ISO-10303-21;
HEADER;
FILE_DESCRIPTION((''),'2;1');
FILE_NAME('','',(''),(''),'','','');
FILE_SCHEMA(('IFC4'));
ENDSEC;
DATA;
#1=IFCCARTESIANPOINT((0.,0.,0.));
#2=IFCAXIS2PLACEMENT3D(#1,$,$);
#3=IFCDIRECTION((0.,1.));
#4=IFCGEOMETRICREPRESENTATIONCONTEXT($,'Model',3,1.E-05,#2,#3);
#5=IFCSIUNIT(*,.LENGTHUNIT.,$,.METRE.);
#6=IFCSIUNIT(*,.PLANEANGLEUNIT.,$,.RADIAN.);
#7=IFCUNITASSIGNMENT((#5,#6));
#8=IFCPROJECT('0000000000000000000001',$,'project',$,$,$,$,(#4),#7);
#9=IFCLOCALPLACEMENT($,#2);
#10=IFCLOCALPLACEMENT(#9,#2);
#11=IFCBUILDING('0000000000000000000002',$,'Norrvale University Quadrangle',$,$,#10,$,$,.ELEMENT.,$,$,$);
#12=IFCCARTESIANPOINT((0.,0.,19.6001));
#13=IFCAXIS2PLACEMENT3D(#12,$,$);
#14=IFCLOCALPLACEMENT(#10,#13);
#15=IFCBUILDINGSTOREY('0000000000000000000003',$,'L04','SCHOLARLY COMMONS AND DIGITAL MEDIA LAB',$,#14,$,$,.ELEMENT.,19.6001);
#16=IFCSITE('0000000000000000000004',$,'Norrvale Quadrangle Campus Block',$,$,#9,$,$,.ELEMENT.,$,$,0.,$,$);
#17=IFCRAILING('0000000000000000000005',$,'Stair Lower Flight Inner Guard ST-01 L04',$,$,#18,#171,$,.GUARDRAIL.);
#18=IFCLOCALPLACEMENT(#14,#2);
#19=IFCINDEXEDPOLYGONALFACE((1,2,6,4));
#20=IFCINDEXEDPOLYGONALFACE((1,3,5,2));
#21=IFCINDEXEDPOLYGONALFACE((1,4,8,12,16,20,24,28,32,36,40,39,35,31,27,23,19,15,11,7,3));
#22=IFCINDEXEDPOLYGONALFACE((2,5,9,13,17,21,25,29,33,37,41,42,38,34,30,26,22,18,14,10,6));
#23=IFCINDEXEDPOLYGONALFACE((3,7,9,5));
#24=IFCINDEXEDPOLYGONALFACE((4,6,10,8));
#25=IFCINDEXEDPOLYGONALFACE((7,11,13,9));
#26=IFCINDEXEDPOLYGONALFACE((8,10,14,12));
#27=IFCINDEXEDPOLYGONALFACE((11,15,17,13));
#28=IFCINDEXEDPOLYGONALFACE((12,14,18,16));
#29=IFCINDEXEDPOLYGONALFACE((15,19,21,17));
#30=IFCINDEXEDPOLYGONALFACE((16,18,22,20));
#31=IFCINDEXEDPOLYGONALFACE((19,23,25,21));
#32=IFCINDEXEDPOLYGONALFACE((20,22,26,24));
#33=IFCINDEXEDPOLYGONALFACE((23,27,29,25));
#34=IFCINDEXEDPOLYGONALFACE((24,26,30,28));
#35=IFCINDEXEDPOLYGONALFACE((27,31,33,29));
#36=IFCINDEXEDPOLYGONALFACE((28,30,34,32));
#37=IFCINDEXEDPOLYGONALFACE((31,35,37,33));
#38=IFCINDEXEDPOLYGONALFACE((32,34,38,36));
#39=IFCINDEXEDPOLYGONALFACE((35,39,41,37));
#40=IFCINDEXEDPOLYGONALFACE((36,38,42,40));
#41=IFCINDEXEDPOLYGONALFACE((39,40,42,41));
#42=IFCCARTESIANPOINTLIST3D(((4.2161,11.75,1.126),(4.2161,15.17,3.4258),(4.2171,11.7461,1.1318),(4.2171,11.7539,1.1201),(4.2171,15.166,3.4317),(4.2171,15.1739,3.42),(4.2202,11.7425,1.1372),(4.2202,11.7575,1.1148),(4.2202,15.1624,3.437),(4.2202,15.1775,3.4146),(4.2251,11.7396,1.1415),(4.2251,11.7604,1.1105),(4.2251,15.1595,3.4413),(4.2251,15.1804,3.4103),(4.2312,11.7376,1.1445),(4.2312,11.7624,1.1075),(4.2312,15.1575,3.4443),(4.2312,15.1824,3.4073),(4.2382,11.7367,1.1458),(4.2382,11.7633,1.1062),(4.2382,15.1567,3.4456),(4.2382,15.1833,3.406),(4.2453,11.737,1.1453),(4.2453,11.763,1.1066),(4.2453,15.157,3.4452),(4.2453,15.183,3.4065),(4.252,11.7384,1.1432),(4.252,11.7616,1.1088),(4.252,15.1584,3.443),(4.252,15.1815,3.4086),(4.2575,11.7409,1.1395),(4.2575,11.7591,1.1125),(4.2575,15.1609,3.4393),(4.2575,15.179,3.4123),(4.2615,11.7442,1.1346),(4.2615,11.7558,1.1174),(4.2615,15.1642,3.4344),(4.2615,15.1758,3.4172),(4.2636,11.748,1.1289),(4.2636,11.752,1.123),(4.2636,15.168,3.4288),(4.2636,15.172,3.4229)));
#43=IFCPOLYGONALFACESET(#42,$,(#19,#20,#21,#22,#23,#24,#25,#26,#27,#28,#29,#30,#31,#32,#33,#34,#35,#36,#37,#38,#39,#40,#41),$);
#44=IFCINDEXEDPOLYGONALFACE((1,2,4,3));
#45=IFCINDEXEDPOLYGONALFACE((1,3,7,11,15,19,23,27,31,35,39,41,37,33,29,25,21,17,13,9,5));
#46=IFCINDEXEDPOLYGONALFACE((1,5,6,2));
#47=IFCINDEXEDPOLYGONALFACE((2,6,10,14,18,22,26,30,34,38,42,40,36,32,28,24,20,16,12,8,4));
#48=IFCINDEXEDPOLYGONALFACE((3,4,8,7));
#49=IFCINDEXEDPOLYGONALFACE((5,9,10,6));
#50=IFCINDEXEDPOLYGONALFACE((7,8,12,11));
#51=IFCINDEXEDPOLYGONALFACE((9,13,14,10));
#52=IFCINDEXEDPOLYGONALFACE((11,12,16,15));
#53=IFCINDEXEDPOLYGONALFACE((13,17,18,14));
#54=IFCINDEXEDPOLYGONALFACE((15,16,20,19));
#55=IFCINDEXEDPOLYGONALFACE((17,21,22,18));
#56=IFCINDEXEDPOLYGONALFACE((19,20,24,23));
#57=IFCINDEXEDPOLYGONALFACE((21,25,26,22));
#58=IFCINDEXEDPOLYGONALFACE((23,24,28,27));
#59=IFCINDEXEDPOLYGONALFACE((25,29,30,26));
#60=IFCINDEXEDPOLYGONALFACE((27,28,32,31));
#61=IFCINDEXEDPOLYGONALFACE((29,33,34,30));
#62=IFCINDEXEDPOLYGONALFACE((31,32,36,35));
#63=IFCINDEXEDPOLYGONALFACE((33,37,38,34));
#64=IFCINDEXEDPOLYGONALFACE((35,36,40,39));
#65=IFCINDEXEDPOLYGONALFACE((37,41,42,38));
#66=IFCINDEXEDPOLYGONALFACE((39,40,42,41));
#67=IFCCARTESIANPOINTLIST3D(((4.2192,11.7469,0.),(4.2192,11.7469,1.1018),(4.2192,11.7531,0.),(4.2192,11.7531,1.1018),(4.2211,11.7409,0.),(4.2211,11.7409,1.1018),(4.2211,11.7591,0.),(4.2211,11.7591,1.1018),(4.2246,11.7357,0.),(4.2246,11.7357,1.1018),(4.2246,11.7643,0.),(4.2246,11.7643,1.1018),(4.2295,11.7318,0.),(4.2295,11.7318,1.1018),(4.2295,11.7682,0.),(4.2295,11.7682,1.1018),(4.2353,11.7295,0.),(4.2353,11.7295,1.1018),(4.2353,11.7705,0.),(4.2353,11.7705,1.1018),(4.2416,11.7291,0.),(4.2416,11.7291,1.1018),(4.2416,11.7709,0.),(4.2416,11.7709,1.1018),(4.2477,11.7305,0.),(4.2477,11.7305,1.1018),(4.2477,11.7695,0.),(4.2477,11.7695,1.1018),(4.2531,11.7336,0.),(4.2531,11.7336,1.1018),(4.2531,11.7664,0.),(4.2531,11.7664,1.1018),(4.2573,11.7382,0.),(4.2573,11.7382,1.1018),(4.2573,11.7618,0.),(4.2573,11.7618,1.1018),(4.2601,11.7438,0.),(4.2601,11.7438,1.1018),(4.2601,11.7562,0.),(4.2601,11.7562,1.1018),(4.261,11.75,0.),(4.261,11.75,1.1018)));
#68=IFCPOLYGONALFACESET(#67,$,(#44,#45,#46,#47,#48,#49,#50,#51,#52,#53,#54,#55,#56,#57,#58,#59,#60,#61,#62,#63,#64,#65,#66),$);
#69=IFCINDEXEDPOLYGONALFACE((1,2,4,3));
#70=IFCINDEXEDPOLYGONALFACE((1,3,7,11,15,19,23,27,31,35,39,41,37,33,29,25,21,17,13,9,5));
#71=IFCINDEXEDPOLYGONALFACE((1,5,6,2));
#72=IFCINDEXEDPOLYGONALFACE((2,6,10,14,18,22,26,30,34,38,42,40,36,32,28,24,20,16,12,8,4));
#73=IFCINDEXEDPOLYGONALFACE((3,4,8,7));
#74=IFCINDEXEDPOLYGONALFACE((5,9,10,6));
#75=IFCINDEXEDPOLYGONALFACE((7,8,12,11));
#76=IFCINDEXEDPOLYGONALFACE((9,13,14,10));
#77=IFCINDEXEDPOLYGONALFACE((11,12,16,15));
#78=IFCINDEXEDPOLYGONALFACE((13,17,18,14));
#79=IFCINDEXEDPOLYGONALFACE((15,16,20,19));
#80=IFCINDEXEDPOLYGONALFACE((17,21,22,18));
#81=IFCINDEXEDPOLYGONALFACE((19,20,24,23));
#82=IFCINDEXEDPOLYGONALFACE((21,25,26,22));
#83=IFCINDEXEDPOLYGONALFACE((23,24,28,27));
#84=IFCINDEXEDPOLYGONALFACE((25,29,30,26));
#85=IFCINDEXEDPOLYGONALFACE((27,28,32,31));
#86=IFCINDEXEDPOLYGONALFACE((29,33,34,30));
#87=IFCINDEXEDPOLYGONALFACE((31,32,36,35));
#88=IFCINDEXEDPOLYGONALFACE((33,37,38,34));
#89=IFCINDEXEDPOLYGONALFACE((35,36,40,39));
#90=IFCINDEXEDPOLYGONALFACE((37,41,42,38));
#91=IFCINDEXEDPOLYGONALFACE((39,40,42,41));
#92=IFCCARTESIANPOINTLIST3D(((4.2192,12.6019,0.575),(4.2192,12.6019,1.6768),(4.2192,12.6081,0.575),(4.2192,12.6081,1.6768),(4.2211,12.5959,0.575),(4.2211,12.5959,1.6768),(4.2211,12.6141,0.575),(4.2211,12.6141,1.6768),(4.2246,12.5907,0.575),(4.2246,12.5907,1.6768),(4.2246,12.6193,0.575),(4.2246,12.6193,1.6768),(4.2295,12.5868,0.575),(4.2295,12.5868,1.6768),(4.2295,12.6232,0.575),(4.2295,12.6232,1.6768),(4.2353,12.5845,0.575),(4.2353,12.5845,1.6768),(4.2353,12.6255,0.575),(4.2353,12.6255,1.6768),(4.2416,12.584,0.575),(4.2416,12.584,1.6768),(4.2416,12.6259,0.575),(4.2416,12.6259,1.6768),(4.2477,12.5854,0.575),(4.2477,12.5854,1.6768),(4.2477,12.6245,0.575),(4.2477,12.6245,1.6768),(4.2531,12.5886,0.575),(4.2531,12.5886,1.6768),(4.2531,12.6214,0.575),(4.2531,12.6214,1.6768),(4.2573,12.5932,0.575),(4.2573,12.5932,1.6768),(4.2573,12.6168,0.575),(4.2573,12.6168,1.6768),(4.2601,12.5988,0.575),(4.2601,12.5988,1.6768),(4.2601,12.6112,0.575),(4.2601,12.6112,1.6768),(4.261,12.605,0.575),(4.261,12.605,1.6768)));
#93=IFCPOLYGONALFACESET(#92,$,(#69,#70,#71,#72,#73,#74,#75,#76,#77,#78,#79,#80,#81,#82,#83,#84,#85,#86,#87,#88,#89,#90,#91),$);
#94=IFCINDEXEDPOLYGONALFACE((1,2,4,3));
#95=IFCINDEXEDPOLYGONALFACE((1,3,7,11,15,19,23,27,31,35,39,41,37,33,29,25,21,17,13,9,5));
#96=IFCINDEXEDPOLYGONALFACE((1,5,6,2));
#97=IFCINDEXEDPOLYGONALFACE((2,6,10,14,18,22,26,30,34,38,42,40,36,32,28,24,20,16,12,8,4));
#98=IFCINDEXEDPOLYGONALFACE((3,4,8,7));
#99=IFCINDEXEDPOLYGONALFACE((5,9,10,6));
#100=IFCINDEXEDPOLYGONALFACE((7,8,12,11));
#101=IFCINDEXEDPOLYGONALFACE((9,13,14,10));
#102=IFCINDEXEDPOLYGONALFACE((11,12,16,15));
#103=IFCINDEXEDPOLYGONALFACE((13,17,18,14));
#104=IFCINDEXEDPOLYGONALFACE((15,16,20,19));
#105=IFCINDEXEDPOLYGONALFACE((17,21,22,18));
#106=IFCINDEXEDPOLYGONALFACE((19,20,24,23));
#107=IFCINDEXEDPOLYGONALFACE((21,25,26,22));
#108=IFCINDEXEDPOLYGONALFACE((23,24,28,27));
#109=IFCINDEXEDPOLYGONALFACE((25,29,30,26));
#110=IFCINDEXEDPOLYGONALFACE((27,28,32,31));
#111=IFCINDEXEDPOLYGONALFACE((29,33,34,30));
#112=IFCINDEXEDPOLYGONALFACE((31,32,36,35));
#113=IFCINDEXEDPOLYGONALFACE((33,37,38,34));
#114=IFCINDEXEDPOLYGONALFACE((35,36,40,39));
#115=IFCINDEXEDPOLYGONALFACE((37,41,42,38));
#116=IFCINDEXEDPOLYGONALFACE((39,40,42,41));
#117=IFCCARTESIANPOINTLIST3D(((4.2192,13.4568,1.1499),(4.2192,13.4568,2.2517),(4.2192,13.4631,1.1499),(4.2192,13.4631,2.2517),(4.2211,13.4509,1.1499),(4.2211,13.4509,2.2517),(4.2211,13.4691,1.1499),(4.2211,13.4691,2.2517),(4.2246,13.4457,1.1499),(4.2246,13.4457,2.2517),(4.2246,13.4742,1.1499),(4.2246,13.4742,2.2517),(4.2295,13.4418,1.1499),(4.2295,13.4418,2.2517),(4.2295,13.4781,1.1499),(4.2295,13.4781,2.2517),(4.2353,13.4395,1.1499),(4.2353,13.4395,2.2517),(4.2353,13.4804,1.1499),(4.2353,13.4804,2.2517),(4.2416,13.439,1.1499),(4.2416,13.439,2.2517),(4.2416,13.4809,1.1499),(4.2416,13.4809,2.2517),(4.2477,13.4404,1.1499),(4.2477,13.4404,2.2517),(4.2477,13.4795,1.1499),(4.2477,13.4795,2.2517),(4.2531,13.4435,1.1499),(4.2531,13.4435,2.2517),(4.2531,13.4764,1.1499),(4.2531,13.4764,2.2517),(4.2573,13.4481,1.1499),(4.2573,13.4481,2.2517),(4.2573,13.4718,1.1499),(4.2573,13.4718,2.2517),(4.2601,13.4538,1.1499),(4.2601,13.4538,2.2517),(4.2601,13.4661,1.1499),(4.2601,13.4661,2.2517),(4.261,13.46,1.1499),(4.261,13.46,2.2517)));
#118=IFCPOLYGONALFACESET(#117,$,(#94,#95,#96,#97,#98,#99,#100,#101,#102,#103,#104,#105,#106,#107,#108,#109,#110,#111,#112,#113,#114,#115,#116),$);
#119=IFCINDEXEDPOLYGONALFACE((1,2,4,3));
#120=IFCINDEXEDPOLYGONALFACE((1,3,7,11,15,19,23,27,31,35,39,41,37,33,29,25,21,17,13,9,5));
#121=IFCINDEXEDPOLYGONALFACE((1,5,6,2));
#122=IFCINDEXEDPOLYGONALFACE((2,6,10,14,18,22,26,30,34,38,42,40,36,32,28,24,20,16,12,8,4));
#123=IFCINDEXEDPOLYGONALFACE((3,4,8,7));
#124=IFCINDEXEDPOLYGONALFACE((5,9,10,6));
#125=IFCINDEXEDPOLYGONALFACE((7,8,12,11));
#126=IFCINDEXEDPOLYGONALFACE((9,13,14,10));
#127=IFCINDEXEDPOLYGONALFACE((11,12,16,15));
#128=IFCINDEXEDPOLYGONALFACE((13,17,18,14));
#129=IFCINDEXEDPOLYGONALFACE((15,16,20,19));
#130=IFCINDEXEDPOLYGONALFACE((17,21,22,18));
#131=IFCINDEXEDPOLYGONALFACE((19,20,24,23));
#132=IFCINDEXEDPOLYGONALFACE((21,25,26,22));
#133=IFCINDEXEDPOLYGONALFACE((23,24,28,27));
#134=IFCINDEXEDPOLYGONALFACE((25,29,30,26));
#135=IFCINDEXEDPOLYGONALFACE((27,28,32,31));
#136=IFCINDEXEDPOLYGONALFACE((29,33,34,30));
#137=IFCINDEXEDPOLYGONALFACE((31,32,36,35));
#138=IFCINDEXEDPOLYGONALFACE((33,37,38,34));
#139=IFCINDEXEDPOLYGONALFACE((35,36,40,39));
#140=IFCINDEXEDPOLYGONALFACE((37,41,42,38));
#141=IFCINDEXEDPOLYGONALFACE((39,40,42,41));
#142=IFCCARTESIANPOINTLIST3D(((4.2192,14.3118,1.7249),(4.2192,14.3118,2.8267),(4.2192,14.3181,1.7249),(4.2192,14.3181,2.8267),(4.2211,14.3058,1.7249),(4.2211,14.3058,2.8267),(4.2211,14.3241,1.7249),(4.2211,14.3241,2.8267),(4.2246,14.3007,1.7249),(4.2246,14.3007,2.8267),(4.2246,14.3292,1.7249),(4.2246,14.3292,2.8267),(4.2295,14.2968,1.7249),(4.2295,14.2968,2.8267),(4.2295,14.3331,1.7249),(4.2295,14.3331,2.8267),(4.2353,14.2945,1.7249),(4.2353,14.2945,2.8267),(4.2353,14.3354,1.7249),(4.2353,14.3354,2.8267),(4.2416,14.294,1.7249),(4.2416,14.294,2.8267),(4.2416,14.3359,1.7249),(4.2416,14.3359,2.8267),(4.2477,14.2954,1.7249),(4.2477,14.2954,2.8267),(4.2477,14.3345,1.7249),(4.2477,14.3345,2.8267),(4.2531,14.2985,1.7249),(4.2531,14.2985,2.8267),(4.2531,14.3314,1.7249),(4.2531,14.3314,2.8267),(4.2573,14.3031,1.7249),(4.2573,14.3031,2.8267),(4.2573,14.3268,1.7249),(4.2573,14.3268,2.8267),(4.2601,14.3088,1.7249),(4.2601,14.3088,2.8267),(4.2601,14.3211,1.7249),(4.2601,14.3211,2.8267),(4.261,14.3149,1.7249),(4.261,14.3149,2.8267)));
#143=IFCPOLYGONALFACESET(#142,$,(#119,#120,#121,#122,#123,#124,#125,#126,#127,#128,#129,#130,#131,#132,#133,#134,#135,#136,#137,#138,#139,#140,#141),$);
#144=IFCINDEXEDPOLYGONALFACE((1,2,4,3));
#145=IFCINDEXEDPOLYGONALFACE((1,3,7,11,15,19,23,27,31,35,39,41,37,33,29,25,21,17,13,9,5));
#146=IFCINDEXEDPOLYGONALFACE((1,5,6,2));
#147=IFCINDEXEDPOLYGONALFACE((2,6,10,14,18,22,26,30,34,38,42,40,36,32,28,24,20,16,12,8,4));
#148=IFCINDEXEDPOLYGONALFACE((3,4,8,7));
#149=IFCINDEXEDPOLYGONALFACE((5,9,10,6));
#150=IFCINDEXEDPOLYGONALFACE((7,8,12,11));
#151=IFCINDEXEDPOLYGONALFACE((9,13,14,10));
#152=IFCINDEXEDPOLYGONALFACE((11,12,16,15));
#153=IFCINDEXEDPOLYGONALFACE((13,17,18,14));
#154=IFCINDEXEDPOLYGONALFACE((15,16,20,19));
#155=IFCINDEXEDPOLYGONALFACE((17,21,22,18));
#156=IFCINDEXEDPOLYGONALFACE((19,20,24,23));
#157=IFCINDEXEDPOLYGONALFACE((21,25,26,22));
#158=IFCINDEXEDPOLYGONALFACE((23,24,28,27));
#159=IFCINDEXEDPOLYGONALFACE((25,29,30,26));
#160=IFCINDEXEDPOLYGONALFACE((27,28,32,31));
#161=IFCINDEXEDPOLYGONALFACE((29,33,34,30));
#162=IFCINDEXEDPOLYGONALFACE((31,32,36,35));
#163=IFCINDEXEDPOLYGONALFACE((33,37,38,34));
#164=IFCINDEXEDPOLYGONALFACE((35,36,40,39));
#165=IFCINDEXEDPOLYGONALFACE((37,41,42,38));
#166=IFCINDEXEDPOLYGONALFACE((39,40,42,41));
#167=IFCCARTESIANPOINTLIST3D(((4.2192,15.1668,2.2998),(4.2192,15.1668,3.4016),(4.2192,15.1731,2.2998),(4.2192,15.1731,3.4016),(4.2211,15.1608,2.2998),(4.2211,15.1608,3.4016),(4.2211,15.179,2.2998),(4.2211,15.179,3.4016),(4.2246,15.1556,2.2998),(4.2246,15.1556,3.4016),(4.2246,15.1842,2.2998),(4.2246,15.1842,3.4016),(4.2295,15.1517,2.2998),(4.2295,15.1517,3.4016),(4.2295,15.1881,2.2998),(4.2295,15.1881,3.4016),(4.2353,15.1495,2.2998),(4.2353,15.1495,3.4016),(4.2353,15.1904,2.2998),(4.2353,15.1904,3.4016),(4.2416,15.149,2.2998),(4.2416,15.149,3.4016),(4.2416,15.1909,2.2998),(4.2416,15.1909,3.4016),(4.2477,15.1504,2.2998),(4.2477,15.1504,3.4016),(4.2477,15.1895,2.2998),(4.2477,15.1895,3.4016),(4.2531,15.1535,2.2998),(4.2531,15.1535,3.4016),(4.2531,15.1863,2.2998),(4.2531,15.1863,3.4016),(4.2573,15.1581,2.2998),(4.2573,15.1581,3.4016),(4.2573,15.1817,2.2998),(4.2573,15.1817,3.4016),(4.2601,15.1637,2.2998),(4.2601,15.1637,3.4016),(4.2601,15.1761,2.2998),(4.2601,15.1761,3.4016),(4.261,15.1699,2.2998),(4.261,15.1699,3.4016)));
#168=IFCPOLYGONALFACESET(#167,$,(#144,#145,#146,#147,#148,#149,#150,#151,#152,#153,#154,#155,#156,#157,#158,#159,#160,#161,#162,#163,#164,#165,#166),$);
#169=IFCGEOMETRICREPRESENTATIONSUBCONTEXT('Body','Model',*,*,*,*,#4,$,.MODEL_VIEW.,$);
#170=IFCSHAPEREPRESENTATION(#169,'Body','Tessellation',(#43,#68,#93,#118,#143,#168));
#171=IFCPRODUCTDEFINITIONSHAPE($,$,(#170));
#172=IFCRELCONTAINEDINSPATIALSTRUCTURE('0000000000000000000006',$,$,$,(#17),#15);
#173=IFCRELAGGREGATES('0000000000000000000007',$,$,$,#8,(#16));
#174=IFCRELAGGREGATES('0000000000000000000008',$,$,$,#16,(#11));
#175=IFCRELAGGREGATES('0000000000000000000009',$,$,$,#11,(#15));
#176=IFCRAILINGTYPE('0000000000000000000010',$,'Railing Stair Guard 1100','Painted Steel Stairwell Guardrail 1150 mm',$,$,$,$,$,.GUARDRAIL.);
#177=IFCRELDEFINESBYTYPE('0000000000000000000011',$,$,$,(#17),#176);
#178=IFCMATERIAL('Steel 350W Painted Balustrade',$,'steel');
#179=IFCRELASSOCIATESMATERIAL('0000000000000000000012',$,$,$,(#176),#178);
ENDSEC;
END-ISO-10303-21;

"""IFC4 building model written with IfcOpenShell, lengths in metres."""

from ifc_helpers import new_model, si_unit, direction, frame, origin, origin_2d, place, context, subcontext, project, spatial, circle, extrude, material, type_object, element, save


model = new_model("IFC4")

# Units and contexts
model_context = context("Model", 3, precision=1e-05, world=origin(), true_north=direction((0.0, 1.0)))
body_context = subcontext(model_context, "Body", "Model", "MODEL_VIEW")
ifc_project = project(units=[si_unit("LENGTHUNIT", "METRE"), si_unit("PLANEANGLEUNIT", "RADIAN")], contexts=[model_context])

# Site, building, storey
site_placement = place(None, origin())
site = spatial("IfcSite", under=ifc_project, at=site_placement, Name="Norrvale Quadrangle Campus Block", CompositionType="ELEMENT", RefElevation=0.0)
building_placement = place(site_placement, origin())
building = spatial("IfcBuilding", under=site, at=building_placement, Name="Norrvale University Quadrangle", CompositionType="ELEMENT")
storey_placement = place(building_placement, frame((0.0, 0.0, 19.6001)))
storey = spatial("IfcBuildingStorey", under=building, at=storey_placement, Name="L04", Description="SCHOLARLY COMMONS AND DIGITAL MEDIA LAB", CompositionType="ELEMENT", Elevation=19.6001)

# Railing
ifc_material_1 = material(Name="Steel 350W Painted Balustrade", Category="steel")
railing_type_1 = type_object("IfcRailingType", Name="Railing Stair Guard 1100", Description="Painted Steel Stairwell Guardrail 1150 mm", PredefinedType="GUARDRAIL", material=ifc_material_1)
railing_1_placement = place(storey_placement, frame((4.24, 11.75, 0.0)))
element("IfcRailing", 1, at=railing_1_placement, inside=storey, type_object=railing_type_1, Name="Stair Lower Flight Inner Guard ST-01 L04", PredefinedType="GUARDRAIL", context=body_context, shape_type="SweptSolid", body=[
    extrude(circle(Radius=0.0239, at=origin_2d()), frame((0.0, 0.0, 1.126), z_axis=(0.0, 0.82982, 0.558031), x_axis=(-1.0, 0.0, 0.0)), (0.0, 0.0, 1.0), 4.1213),
    extrude(circle(Radius=0.021, at=origin_2d()), origin(), (0.0, 0.0, 1.0), 1.1018),
    extrude(circle(Radius=0.021, at=origin_2d()), frame((0.0, 0.855, 0.575)), (0.0, 0.0, 1.0), 1.1018),
    extrude(circle(Radius=0.021, at=origin_2d()), frame((0.0, 1.71, 1.1499)), (0.0, 0.0, 1.0), 1.1018),
    extrude(circle(Radius=0.021, at=origin_2d()), frame((0.0, 2.5649, 1.7249)), (0.0, 0.0, 1.0), 1.1018),
    extrude(circle(Radius=0.021, at=origin_2d()), frame((0.0, 3.4199, 2.2998)), (0.0, 0.0, 1.0), 1.1018),
])

save(model, "model.ifc")
